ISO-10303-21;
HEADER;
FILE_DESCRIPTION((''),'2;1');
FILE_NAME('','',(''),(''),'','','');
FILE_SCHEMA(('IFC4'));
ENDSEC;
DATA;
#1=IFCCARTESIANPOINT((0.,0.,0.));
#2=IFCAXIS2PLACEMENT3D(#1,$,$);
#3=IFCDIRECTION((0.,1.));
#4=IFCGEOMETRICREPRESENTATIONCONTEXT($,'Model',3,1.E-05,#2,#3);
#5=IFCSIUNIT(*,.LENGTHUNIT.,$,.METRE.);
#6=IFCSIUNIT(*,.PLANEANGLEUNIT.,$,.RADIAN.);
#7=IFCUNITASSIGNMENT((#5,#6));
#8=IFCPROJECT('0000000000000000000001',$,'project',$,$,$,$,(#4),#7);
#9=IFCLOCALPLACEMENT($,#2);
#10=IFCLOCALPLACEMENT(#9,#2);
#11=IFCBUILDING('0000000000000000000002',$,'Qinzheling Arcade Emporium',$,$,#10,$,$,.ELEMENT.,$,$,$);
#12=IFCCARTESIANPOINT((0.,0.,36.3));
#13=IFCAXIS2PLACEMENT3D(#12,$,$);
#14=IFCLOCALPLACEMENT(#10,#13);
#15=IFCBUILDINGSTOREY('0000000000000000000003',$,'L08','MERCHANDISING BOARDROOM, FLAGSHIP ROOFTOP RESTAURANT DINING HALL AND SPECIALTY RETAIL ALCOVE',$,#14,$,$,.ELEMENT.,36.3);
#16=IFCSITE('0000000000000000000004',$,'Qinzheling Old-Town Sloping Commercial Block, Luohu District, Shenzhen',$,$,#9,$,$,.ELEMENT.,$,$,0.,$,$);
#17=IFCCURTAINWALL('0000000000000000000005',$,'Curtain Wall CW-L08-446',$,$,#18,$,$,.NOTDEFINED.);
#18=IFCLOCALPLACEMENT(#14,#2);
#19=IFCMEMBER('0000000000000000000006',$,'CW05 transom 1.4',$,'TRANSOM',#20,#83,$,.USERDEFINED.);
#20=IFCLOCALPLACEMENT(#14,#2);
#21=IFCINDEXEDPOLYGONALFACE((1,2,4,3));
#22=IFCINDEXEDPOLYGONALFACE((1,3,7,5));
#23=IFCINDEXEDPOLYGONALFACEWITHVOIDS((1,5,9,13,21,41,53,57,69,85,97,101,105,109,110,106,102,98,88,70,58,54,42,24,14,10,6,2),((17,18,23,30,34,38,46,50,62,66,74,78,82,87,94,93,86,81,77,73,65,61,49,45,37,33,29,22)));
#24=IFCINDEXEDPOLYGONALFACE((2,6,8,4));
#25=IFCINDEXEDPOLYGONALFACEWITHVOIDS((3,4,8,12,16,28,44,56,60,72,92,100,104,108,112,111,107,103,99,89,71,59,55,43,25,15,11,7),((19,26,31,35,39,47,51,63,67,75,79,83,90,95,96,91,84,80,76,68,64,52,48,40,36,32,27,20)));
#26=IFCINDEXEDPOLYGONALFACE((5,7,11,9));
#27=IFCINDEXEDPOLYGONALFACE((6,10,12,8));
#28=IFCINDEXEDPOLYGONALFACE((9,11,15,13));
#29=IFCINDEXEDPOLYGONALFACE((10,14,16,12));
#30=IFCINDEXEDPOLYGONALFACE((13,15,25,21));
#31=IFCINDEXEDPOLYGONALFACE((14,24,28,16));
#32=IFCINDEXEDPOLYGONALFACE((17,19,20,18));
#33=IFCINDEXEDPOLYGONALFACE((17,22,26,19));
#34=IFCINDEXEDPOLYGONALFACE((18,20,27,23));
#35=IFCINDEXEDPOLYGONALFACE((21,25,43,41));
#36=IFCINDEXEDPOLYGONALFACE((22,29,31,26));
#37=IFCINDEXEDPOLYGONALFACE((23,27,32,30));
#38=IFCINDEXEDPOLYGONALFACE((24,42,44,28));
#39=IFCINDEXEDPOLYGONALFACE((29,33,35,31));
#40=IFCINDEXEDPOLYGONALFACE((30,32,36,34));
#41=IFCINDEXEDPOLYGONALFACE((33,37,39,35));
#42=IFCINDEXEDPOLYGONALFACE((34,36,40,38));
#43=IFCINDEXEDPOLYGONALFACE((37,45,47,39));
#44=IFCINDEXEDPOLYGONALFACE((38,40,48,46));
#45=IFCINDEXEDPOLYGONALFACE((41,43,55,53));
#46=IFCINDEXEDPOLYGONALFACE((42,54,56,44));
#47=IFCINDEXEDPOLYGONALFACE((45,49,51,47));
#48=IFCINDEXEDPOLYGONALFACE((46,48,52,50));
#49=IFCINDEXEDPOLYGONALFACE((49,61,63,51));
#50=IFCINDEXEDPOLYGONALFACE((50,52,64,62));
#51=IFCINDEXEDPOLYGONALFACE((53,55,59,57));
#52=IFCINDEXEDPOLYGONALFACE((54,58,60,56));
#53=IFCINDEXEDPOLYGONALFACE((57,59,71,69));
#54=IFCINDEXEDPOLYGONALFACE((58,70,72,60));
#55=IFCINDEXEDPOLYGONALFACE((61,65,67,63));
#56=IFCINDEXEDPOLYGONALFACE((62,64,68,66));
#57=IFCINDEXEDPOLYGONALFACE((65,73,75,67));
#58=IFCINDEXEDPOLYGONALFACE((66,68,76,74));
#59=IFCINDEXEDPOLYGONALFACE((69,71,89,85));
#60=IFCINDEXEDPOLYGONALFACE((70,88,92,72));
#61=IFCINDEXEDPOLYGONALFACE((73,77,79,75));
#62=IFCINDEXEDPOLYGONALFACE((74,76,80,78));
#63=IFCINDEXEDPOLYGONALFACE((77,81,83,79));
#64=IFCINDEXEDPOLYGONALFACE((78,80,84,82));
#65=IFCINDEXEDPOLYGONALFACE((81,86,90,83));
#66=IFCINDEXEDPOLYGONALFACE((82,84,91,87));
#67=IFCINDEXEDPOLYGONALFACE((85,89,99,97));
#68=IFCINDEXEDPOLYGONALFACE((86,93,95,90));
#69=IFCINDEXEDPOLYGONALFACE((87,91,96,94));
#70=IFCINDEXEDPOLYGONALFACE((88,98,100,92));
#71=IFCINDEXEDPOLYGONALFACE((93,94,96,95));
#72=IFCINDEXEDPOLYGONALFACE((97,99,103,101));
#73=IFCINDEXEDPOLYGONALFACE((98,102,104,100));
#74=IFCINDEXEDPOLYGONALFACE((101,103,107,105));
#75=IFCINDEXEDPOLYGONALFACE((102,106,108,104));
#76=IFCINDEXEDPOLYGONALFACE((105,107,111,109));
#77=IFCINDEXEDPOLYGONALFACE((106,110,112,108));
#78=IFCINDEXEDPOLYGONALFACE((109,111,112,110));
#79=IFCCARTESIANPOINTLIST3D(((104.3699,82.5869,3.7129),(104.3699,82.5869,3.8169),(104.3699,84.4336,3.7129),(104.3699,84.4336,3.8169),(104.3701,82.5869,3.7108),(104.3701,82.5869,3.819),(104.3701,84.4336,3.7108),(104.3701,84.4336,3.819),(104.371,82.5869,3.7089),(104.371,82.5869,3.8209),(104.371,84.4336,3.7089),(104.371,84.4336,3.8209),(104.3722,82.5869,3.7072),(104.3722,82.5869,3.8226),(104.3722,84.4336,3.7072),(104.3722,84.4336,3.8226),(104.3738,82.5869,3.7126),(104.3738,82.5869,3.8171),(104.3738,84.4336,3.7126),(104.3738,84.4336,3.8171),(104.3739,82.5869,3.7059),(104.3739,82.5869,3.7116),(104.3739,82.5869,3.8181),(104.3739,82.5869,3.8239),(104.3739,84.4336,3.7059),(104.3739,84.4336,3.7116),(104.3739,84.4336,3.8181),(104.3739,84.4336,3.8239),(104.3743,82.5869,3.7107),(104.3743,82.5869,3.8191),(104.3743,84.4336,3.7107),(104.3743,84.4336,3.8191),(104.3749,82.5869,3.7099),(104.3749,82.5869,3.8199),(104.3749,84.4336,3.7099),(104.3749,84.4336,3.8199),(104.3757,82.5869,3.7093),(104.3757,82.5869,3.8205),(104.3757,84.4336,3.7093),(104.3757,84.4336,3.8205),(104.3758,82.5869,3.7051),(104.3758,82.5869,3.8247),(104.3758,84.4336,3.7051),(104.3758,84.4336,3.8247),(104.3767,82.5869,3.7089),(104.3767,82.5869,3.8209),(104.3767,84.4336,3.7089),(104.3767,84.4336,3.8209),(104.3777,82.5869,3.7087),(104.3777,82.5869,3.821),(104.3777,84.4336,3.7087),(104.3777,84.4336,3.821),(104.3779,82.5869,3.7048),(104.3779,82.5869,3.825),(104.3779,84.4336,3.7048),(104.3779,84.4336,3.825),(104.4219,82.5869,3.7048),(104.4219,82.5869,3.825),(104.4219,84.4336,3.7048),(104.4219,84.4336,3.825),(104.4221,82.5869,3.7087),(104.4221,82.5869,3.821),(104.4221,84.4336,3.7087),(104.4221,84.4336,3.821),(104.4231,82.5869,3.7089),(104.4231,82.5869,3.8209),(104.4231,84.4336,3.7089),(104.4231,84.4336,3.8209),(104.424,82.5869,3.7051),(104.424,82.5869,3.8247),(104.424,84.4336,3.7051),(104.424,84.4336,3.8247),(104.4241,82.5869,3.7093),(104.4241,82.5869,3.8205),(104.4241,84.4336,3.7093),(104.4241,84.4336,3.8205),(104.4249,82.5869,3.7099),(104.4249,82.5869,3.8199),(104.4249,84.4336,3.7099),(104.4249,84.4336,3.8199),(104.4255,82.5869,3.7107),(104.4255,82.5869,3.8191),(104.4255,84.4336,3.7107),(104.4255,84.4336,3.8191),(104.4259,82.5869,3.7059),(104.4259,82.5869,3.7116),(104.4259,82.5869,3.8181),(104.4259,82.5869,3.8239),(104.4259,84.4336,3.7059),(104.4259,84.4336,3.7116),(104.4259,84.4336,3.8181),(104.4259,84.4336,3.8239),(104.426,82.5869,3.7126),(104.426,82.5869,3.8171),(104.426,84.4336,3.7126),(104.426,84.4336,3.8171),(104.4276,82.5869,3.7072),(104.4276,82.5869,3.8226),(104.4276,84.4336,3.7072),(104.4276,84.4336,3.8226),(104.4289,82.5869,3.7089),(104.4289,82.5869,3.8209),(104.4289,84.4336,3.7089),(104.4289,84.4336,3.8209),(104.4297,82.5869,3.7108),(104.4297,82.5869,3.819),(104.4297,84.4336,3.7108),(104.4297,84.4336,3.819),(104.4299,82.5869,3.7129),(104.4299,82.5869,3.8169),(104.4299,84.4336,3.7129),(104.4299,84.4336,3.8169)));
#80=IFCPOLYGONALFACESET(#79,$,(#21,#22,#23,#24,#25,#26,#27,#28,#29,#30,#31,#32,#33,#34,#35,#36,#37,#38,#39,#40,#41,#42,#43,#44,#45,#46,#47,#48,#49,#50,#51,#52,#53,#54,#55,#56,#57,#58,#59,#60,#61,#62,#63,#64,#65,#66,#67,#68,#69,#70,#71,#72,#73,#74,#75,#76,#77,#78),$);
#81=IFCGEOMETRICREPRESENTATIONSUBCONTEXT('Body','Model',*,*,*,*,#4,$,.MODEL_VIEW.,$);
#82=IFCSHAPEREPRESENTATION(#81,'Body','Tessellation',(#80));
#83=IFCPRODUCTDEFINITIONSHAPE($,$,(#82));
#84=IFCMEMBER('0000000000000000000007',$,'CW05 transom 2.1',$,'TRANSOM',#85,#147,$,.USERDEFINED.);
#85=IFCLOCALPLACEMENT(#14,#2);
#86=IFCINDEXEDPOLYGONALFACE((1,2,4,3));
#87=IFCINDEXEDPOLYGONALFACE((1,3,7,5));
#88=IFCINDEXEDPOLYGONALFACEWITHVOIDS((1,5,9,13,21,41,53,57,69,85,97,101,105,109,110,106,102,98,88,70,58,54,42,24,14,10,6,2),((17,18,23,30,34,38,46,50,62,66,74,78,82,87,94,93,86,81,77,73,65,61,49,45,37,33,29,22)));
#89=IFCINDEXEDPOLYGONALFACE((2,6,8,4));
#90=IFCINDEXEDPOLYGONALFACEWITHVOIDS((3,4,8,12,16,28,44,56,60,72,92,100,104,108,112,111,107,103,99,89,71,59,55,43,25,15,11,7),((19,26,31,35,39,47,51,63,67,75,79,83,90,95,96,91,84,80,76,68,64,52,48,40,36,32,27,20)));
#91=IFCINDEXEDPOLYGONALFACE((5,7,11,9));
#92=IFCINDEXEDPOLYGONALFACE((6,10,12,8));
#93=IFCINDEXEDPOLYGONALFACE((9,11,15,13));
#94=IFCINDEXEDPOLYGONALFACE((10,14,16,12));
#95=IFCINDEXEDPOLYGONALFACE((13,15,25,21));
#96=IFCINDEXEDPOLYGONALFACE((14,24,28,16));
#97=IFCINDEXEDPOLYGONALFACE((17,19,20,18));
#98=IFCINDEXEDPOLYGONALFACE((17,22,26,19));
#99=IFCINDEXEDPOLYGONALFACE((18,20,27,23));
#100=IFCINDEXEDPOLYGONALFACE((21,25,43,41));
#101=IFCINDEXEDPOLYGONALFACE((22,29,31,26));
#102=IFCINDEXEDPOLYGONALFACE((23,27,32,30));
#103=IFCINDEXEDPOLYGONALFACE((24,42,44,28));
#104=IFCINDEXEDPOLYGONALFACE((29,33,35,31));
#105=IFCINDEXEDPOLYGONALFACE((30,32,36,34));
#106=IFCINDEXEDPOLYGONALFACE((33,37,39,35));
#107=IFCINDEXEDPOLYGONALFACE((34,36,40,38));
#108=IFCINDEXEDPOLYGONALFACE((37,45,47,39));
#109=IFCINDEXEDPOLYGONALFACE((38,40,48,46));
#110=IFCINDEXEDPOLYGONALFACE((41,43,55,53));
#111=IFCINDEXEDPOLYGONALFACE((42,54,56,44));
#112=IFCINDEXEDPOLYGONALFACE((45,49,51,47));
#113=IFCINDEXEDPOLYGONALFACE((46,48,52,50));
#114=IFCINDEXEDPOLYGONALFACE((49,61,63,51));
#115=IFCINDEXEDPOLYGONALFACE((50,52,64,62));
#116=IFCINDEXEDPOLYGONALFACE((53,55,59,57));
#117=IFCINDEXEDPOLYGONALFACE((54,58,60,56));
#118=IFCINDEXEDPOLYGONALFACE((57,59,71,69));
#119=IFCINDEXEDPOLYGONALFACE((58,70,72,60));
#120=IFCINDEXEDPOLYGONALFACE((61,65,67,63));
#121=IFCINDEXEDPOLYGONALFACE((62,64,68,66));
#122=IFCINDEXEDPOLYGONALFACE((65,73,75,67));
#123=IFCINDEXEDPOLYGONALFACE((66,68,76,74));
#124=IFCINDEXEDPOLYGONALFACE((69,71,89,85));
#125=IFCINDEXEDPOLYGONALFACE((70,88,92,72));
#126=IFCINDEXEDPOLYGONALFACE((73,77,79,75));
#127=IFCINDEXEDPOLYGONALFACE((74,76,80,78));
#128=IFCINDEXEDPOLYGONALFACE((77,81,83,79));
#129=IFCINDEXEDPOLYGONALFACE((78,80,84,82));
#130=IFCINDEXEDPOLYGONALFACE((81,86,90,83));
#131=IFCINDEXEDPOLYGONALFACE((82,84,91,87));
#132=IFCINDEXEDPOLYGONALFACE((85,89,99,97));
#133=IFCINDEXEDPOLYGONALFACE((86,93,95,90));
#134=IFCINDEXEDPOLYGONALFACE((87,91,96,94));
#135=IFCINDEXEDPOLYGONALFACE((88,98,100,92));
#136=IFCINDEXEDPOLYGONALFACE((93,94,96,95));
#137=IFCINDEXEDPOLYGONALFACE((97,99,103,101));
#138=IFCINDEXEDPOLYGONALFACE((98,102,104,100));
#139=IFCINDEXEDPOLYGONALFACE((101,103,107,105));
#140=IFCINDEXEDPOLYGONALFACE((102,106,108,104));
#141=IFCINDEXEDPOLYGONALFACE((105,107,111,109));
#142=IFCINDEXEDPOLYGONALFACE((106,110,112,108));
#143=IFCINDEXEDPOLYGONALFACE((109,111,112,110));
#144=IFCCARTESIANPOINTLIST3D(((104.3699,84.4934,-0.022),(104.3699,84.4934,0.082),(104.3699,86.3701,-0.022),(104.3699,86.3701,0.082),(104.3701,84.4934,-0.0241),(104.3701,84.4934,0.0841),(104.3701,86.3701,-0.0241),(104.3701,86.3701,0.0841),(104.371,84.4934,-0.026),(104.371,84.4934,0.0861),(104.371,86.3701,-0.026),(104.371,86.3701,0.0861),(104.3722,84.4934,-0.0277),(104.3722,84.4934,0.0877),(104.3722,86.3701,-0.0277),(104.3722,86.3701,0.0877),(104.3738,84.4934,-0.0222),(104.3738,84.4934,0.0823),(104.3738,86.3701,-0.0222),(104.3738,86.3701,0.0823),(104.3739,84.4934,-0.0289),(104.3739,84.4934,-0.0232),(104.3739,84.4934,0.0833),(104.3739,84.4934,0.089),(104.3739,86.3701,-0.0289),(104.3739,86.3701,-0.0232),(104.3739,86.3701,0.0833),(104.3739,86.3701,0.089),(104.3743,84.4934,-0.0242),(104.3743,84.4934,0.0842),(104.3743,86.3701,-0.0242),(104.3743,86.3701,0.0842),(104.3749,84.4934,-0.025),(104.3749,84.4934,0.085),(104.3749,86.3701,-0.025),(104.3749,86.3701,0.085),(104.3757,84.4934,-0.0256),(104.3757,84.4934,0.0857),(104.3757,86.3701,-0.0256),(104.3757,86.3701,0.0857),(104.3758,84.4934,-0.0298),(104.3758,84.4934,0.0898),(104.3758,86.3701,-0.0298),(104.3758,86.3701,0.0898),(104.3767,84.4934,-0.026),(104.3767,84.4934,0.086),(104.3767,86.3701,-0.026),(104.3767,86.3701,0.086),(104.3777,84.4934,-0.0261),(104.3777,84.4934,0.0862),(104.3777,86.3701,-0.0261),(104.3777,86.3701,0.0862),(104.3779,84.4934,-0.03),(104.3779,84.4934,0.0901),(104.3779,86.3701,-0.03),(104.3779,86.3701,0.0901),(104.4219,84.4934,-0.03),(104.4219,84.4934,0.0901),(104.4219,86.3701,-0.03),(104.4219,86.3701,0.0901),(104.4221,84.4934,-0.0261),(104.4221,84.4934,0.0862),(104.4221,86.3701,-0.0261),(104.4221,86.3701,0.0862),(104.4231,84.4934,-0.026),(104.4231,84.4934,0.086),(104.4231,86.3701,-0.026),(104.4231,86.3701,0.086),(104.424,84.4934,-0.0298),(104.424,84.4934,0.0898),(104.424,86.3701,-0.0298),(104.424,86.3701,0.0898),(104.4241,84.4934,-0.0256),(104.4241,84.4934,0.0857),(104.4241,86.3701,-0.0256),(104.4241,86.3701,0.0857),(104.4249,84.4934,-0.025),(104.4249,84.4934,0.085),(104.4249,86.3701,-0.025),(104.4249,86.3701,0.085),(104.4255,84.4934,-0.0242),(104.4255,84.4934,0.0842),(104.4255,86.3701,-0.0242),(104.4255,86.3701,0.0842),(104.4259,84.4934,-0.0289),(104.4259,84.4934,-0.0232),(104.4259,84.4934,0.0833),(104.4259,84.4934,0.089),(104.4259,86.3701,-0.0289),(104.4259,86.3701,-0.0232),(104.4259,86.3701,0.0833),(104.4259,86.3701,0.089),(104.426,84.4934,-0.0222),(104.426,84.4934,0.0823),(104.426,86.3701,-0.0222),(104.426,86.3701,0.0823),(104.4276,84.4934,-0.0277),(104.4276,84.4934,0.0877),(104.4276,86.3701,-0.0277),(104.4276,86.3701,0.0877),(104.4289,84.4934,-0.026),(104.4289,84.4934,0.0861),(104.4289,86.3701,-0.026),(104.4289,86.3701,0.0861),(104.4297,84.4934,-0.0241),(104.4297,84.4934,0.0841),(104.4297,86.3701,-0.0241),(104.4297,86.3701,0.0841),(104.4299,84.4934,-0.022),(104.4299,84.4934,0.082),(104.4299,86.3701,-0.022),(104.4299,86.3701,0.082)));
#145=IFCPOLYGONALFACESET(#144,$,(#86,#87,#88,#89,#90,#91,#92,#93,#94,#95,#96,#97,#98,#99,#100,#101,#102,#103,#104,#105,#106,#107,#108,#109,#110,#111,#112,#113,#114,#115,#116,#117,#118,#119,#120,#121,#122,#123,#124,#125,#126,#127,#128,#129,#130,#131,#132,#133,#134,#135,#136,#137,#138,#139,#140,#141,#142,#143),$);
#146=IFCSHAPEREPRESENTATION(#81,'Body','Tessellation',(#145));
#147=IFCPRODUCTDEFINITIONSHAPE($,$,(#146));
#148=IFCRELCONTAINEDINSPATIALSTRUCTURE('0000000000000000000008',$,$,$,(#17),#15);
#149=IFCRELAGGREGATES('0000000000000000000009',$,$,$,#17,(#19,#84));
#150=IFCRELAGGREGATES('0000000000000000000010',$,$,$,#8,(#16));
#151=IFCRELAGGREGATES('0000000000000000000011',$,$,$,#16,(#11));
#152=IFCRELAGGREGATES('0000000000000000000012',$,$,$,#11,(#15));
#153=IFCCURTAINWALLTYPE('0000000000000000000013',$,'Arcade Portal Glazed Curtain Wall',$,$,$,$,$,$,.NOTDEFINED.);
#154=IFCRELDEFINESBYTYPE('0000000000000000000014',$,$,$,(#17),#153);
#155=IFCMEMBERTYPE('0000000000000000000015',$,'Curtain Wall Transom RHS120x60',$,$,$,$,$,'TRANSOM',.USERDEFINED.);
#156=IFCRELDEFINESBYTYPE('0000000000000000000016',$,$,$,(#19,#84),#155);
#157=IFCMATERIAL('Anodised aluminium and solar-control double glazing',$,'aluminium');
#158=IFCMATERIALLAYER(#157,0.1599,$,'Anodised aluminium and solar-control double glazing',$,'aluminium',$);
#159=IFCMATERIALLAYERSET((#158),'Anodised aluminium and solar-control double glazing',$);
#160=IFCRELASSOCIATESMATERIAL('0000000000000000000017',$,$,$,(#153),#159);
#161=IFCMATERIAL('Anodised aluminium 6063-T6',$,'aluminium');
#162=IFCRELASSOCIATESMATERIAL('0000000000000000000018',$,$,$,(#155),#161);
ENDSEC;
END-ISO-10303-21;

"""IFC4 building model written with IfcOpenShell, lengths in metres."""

from ifc_helpers import new_model, si_unit, direction, frame, origin, origin_2d, place, context, subcontext, project, spatial, hollow_rectangle, extrude, material, layer, layer_set, material_profile, profile_set, type_object, element, aggregate, save


model = new_model("IFC4")

# Units and contexts
model_context = context("Model", 3, precision=1e-05, world=origin(), true_north=direction((0.0, 1.0)))
body_context = subcontext(model_context, "Body", "Model", "MODEL_VIEW")
ifc_project = project(units=[si_unit("LENGTHUNIT", "METRE"), si_unit("PLANEANGLEUNIT", "RADIAN")], contexts=[model_context])

# Site, building, storey
site_placement = place(None, origin())
site = spatial("IfcSite", under=ifc_project, at=site_placement, Name="Qinzheling Old-Town Sloping Commercial Block, Luohu District, Shenzhen", CompositionType="ELEMENT", RefElevation=0.0)
building_placement = place(site_placement, origin())
building = spatial("IfcBuilding", under=site, at=building_placement, Name="Qinzheling Arcade Emporium", CompositionType="ELEMENT")
storey_placement = place(building_placement, frame((0.0, 0.0, 36.3)))
storey = spatial("IfcBuildingStorey", under=building, at=storey_placement, Name="L08", Description="MERCHANDISING BOARDROOM, FLAGSHIP ROOFTOP RESTAURANT DINING HALL AND SPECIALTY RETAIL ALCOVE", CompositionType="ELEMENT", Elevation=36.3)

# Curtain wall, members
ifc_material_1 = material(Name="Anodised aluminium and solar-control double glazing", Category="aluminium")
ifc_layer_1 = layer(ifc_material_1, 0.1599, Name="Anodised aluminium and solar-control double glazing", Category="aluminium")
ifc_layer_set_1 = layer_set([ifc_layer_1], Name="Anodised aluminium and solar-control double glazing")
curtain_wall_type = type_object("IfcCurtainWallType", Name="Arcade Portal Glazed Curtain Wall", PredefinedType="NOTDEFINED", material=ifc_layer_set_1)
curtain_wall_placement = place(storey_placement, origin())
curtain_wall = element("IfcCurtainWall", 1, at=curtain_wall_placement, inside=storey, type_object=curtain_wall_type, Name="Curtain Wall CW-L08-446", PredefinedType="NOTDEFINED")
ifc_material_2 = material(Name="Anodised aluminium 6063-T6", Category="aluminium")
ifc_material_profile_1 = material_profile(ifc_material_2, hollow_rectangle(XDim=0.0601, YDim=0.1201, WallThickness=0.0039, InnerFilletRadius=0.0039, OuterFilletRadius=0.0081, at=origin_2d()), Name="RHS 120x60x4", Category="aluminium")
ifc_profile_set_1 = profile_set([ifc_material_profile_1], Name="Anodised aluminium 6063-T6")
member_type_1 = type_object("IfcMemberType", Name="Curtain Wall Transom RHS120x60", ElementType="TRANSOM", PredefinedType="USERDEFINED", material=ifc_profile_set_1)
member_1_placement = place(storey_placement, frame((104.3999, 82.5869, 3.7649), z_axis=(0.0, 1.0, 0.0), x_axis=(-1.0, 0.0, 0.0)))
member_1 = element("IfcMember", 2, at=member_1_placement, type_object=member_type_1, Name="CW05 transom 1.4", ObjectType="TRANSOM", PredefinedType="USERDEFINED", context=body_context, shape_type="SweptSolid", body=[
    extrude(hollow_rectangle(XDim=0.0601, YDim=0.1201, WallThickness=0.0039, InnerFilletRadius=0.0039, OuterFilletRadius=0.0081, at=origin_2d()), origin(), (0.0, 0.0, 1.0), 1.8467),
])
member_2_placement = place(storey_placement, frame((104.3999, 84.4934, 0.03), z_axis=(0.0, 1.0, 0.0), x_axis=(-1.0, 0.0, 0.0)))
member_2 = element("IfcMember", 3, at=member_2_placement, type_object=member_type_1, Name="CW05 transom 2.1", ObjectType="TRANSOM", PredefinedType="USERDEFINED", context=body_context, shape_type="SweptSolid", body=[
    extrude(hollow_rectangle(XDim=0.0601, YDim=0.1201, WallThickness=0.0039, InnerFilletRadius=0.0039, OuterFilletRadius=0.0081, at=origin_2d()), origin(), (0.0, 0.0, 1.0), 1.8767),
])

aggregate(curtain_wall, [member_1, member_2])

save(model, "model.ifc")
